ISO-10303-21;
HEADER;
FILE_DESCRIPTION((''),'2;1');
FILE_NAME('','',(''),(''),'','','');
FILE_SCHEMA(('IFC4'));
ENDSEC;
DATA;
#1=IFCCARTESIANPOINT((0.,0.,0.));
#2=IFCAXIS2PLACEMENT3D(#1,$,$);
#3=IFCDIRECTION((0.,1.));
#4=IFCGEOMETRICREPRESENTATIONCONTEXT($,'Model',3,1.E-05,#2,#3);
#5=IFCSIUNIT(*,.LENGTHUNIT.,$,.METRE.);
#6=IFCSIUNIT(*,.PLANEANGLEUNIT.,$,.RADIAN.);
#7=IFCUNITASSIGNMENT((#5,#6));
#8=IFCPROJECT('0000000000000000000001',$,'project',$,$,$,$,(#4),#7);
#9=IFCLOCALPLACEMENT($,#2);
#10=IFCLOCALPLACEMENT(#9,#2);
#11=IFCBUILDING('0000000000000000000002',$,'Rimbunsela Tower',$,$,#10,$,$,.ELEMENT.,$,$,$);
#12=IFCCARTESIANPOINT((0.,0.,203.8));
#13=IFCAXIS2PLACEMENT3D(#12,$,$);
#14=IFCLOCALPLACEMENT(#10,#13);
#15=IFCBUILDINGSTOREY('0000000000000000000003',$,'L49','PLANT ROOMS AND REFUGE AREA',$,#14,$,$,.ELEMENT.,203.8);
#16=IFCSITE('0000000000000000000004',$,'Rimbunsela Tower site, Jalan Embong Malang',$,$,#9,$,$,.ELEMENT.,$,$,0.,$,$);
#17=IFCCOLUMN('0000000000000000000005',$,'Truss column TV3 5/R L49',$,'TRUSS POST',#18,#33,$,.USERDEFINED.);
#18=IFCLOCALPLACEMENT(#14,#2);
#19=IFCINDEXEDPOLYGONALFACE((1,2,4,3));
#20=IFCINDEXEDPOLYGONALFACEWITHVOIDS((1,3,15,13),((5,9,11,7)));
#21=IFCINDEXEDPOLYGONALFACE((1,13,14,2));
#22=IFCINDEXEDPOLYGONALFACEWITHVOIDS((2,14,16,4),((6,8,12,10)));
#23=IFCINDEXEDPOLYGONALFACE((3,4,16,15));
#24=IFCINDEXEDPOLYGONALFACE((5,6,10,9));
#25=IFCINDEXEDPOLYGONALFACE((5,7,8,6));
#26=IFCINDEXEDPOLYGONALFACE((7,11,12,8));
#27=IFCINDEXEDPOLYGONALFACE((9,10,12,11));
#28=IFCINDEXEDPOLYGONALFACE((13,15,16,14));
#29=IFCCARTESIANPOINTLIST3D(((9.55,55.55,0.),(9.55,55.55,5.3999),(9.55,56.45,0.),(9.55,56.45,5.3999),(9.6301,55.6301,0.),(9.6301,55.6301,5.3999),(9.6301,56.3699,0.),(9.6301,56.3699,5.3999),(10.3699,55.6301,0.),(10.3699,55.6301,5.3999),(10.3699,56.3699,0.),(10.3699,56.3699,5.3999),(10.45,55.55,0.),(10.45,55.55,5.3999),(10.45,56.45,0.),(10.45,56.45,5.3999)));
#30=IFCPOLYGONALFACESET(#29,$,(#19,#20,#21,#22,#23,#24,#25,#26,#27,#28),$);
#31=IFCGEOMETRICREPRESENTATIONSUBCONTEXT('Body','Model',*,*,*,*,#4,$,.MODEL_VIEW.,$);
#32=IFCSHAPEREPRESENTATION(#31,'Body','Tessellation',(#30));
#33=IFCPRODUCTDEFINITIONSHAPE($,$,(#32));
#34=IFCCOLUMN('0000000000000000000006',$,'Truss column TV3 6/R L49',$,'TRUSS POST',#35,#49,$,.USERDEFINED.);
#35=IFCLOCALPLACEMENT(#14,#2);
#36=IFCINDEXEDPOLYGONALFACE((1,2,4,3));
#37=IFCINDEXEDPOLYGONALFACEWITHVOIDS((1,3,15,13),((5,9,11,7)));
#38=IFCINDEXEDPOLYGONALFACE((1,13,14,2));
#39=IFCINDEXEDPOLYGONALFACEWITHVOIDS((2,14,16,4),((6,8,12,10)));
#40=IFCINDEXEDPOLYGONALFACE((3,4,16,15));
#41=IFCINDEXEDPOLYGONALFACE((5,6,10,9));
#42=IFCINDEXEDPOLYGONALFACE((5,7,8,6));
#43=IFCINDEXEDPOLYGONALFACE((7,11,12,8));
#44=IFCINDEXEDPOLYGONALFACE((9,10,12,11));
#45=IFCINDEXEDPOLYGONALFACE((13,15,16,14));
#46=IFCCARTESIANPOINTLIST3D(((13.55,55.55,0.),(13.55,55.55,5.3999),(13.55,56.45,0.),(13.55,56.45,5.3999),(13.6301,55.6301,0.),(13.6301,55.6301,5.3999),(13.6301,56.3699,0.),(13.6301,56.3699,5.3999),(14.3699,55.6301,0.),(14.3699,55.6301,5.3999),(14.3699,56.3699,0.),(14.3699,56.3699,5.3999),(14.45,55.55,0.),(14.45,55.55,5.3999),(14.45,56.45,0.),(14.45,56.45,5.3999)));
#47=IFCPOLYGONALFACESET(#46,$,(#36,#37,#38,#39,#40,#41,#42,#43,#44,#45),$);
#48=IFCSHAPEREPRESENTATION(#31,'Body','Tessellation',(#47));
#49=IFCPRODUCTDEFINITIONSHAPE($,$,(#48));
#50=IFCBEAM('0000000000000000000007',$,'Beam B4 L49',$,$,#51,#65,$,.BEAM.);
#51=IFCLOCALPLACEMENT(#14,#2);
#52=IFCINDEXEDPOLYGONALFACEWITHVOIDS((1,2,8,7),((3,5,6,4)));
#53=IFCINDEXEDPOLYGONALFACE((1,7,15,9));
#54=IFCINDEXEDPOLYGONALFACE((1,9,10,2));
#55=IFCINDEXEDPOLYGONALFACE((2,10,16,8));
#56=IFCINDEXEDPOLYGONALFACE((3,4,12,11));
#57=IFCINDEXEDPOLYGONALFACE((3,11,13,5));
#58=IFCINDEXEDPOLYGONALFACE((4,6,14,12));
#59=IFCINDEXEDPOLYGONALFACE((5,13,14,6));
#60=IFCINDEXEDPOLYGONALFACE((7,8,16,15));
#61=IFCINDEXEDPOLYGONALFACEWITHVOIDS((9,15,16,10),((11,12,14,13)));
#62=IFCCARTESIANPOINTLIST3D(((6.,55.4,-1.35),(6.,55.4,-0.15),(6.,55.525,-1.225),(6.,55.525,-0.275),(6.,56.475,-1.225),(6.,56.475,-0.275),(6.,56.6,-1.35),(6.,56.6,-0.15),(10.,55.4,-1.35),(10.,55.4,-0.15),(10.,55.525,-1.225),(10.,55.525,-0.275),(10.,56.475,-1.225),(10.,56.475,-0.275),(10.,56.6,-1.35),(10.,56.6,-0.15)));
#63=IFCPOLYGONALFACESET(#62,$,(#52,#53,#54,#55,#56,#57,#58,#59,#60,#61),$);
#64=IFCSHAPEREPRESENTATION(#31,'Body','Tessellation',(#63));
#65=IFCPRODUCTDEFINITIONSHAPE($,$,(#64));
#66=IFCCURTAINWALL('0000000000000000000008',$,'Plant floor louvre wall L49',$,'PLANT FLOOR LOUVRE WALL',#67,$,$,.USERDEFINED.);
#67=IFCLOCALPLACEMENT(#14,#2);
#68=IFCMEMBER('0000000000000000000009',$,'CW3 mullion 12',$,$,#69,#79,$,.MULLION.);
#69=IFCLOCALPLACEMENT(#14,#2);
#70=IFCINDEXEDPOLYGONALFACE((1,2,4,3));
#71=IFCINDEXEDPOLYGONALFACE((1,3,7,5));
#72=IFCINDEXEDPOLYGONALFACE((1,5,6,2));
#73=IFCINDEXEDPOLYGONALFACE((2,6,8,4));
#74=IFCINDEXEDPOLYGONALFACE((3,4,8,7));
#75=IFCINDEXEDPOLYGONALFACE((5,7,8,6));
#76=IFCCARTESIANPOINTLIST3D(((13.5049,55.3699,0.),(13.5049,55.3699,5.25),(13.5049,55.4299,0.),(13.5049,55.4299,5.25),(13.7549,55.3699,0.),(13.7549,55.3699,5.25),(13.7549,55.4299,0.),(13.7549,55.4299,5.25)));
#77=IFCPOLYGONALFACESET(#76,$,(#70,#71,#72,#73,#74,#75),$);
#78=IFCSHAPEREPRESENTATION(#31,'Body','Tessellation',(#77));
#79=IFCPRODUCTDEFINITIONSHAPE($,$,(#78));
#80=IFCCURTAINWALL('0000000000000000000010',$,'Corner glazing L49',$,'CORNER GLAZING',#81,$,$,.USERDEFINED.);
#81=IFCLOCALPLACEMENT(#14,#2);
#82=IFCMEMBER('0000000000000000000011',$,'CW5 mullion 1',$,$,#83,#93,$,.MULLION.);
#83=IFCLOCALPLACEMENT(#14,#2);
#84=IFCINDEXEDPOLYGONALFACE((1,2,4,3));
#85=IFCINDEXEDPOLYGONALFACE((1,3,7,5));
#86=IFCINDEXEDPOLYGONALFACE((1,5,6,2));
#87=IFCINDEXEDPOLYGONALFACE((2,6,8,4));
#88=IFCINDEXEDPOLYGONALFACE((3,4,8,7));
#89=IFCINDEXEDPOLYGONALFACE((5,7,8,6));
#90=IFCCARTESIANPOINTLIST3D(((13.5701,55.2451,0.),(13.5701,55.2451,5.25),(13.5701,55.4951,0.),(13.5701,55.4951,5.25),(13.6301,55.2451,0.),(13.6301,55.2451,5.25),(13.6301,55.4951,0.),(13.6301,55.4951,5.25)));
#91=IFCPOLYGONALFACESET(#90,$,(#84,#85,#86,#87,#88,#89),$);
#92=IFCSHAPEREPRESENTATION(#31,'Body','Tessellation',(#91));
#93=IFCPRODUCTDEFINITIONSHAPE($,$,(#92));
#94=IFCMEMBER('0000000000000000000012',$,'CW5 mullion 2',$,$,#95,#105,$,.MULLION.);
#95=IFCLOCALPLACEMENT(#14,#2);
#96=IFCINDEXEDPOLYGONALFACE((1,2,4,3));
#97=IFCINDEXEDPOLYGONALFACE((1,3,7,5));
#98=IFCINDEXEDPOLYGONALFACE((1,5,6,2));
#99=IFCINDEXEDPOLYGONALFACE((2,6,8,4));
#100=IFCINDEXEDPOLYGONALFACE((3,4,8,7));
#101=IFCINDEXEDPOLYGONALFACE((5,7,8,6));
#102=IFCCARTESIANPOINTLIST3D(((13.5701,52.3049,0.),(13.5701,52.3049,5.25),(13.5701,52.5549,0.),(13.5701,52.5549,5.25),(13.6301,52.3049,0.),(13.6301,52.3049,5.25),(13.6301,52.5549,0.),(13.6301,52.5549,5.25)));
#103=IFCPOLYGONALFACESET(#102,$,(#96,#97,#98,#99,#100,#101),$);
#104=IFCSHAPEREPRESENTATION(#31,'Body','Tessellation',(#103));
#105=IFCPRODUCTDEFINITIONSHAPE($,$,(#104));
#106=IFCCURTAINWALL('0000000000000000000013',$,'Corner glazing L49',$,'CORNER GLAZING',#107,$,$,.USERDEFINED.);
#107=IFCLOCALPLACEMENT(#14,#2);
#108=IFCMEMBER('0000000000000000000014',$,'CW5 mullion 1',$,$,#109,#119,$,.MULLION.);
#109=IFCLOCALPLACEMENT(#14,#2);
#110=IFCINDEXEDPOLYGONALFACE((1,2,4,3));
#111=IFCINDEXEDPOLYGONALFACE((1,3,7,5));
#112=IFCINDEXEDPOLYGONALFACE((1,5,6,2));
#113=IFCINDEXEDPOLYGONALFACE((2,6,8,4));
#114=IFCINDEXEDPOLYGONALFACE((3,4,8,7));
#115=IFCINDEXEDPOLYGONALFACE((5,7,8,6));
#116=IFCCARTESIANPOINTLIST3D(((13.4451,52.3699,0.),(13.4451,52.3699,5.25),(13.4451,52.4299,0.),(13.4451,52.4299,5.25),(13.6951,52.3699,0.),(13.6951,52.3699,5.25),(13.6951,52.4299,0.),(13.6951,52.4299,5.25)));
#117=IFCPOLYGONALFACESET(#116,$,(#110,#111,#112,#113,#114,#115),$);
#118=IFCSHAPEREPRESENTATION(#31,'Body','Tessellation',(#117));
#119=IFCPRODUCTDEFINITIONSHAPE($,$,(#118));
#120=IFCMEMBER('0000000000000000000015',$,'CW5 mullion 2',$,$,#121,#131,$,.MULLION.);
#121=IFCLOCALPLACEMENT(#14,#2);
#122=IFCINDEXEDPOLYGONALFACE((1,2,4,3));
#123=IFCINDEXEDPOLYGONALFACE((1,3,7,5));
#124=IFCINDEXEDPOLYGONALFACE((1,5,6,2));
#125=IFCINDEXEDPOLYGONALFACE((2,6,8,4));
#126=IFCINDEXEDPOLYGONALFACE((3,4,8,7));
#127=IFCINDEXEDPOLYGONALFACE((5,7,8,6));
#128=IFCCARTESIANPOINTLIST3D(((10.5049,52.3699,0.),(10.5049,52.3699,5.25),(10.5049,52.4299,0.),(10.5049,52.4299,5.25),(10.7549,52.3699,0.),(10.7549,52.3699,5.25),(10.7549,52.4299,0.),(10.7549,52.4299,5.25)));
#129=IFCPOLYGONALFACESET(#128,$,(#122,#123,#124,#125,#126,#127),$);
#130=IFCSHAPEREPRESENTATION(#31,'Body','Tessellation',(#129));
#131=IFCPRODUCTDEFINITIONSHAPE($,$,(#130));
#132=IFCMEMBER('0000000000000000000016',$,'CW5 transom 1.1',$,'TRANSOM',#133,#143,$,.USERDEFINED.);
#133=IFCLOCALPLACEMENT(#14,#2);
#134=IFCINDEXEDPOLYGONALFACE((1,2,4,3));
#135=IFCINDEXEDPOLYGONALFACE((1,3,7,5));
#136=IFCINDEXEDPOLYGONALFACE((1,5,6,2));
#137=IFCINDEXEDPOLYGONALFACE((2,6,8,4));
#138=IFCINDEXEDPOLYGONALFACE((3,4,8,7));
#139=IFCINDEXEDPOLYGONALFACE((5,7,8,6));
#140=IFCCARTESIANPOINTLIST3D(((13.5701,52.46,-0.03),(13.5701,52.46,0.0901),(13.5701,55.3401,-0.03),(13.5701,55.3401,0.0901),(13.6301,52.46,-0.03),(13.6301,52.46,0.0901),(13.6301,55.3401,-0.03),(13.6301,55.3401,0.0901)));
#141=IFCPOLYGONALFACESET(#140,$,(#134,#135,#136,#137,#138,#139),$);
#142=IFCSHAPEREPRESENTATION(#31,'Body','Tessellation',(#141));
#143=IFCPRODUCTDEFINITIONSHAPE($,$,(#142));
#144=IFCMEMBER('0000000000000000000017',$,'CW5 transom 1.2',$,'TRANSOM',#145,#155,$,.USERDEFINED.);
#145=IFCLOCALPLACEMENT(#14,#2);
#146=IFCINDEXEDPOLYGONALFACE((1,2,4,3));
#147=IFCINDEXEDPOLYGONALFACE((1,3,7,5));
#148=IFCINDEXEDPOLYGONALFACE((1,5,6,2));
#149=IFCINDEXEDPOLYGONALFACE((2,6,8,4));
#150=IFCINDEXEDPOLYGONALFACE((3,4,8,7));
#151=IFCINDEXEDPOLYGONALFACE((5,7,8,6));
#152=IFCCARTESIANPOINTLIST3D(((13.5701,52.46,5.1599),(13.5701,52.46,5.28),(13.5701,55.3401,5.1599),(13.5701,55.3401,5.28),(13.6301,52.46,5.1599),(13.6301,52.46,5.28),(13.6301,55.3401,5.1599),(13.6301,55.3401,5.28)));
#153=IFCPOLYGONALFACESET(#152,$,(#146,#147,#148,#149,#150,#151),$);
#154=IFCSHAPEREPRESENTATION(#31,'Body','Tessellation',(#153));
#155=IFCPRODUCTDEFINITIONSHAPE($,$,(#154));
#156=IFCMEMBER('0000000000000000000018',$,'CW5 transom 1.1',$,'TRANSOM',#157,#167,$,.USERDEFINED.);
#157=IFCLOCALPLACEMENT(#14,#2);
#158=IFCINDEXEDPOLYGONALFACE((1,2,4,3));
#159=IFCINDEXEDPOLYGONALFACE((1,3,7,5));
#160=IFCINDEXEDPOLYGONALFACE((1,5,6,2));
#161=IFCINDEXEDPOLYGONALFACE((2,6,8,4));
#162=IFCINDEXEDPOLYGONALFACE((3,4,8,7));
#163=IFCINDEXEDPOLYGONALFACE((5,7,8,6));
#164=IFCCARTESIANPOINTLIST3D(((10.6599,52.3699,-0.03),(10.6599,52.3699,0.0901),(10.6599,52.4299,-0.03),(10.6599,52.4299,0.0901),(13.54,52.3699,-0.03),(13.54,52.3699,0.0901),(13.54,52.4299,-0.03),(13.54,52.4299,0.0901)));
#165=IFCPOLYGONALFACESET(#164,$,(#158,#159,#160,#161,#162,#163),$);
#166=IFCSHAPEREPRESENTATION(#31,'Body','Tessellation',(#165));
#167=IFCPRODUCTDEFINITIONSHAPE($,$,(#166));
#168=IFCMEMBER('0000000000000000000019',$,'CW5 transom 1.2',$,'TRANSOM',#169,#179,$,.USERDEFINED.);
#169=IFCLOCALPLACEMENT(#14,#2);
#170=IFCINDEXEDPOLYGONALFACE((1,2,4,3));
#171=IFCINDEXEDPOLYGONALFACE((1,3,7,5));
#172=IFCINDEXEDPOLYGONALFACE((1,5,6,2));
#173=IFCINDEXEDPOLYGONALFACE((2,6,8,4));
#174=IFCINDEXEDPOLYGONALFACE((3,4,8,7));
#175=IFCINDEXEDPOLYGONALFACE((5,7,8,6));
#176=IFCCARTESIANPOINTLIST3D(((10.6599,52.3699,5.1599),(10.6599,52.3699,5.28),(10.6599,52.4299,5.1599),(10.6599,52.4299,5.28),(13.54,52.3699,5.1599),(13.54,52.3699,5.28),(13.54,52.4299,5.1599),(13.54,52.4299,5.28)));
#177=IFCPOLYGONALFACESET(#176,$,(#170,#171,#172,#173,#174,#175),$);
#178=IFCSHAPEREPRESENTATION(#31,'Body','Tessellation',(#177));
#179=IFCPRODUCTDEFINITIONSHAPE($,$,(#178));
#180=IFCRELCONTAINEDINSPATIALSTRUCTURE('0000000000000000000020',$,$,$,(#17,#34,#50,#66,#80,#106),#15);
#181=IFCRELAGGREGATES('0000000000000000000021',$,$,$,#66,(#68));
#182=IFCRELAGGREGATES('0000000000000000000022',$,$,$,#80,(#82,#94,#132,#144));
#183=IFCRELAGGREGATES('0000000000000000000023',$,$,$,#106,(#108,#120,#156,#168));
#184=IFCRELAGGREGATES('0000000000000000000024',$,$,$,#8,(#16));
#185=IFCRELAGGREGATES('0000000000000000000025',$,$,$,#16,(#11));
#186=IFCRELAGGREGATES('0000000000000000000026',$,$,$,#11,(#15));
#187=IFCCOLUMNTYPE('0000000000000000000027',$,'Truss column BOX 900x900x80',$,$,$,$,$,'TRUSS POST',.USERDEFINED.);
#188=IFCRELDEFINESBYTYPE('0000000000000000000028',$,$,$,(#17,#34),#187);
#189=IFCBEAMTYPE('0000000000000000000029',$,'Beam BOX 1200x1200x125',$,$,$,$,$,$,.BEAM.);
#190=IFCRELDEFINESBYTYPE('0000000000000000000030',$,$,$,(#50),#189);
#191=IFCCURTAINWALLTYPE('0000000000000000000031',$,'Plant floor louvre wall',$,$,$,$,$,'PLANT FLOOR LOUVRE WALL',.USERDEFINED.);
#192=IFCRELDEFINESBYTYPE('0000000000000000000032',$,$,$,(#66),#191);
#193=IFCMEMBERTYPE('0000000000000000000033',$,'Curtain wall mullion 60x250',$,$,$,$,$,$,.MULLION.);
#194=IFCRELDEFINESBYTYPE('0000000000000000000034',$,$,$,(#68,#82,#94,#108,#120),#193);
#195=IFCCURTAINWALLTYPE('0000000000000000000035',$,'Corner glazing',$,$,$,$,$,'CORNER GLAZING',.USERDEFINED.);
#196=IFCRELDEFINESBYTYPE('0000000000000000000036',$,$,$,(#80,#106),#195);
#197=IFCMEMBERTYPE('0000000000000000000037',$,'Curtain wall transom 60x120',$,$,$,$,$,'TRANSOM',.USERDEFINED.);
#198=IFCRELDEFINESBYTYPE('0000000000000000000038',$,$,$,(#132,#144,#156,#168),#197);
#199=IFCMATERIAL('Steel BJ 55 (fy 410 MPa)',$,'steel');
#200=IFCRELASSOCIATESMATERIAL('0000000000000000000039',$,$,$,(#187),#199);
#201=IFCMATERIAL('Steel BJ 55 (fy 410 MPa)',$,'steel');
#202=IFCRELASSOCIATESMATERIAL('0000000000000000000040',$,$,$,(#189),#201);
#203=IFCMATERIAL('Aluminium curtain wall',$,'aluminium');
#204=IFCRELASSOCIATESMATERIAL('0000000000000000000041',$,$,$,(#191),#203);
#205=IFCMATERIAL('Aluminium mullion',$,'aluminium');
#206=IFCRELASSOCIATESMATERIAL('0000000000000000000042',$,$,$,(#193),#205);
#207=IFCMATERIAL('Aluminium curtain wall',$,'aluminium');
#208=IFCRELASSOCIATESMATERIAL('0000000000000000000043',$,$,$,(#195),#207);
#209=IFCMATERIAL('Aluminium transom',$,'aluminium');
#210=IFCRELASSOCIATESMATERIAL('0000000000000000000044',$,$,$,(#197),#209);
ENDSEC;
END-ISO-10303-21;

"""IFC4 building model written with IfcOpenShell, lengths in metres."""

from ifc_helpers import new_model, si_unit, direction, frame, origin, origin_2d, place, context, subcontext, project, spatial, rectangle, hollow_rectangle, extrude, material, material_profile, profile_set, type_object, element, aggregate, save


model = new_model("IFC4")

# Units and contexts
model_context = context("Model", 3, precision=1e-05, world=origin(), true_north=direction((0.0, 1.0)))
body_context = subcontext(model_context, "Body", "Model", "MODEL_VIEW")
ifc_project = project(units=[si_unit("LENGTHUNIT", "METRE"), si_unit("PLANEANGLEUNIT", "RADIAN")], contexts=[model_context])

# Site, building, storey
site_placement = place(None, origin())
site = spatial("IfcSite", under=ifc_project, at=site_placement, Name="Rimbunsela Tower site, Jalan Embong Malang", CompositionType="ELEMENT", RefElevation=0.0)
building_placement = place(site_placement, origin())
building = spatial("IfcBuilding", under=site, at=building_placement, Name="Rimbunsela Tower", CompositionType="ELEMENT")
storey_placement = place(building_placement, frame((0.0, 0.0, 203.8)))
storey = spatial("IfcBuildingStorey", under=building, at=storey_placement, Name="L49", Description="PLANT ROOMS AND REFUGE AREA", CompositionType="ELEMENT", Elevation=203.8)

# Columns
ifc_material_1 = material(Name="Steel BJ 55 (fy 410 MPa)", Category="steel")
ifc_material_profile_1 = material_profile(ifc_material_1, hollow_rectangle(XDim=0.8999, YDim=0.8999, WallThickness=0.0801, at=origin_2d()), Name="BOX 900x900x80")
ifc_profile_set_1 = profile_set([ifc_material_profile_1], Name="Steel BJ 55 (fy 410 MPa)")
column_type = type_object("IfcColumnType", Name="Truss column BOX 900x900x80", ElementType="TRUSS POST", PredefinedType="USERDEFINED", material=ifc_profile_set_1)
for number, where, z_axis, x_axis, name in (
    (1, (10.0, 56.0, 0.0), (0.0, 0.0, 1.0), (1.0, 0.0, 0.0), "Truss column TV3 5/R L49"),
    (2, (14.0, 56.0, 0.0), (0.0, 0.0, 1.0), (1.0, 0.0, 0.0), "Truss column TV3 6/R L49"),
):
    element("IfcColumn", number, at=place(storey_placement, frame(where, z_axis=z_axis, x_axis=x_axis)), inside=storey, type_object=column_type, Name=name, ObjectType="TRUSS POST", PredefinedType="USERDEFINED", context=body_context, shape_type="SweptSolid", body=[
        extrude(hollow_rectangle(XDim=0.8999, YDim=0.8999, WallThickness=0.0801, at=origin_2d()), origin(), (0.0, 0.0, 1.0), 5.3999),
    ])

# Beam
ifc_material_2 = material(Name="Steel BJ 55 (fy 410 MPa)", Category="steel")
ifc_material_profile_2 = material_profile(ifc_material_2, hollow_rectangle(XDim=1.2, YDim=1.2, WallThickness=0.125, at=origin_2d()), Name="BOX 1200x1200x125")
ifc_profile_set_2 = profile_set([ifc_material_profile_2], Name="Steel BJ 55 (fy 410 MPa)")
beam_type_1 = type_object("IfcBeamType", Name="Beam BOX 1200x1200x125", PredefinedType="BEAM", material=ifc_profile_set_2)
beam_placement = place(storey_placement, frame((6.0, 56.0, -0.75), z_axis=(1.0, 0.0, 0.0), x_axis=(0.0, 1.0, 0.0)))
element("IfcBeam", 3, at=beam_placement, inside=storey, type_object=beam_type_1, Name="Beam B4 L49", PredefinedType="BEAM", context=body_context, shape_type="SweptSolid", body=[
    extrude(hollow_rectangle(XDim=1.2, YDim=1.2, WallThickness=0.125, at=origin_2d()), origin(), (0.0, 0.0, 1.0), 4.0),
])

# Curtain wall, member
ifc_material_3 = material(Name="Aluminium curtain wall", Category="aluminium")
curtain_wall_type_1 = type_object("IfcCurtainWallType", Name="Plant floor louvre wall", ElementType="PLANT FLOOR LOUVRE WALL", PredefinedType="USERDEFINED", material=ifc_material_3)
curtain_wall_1_placement = place(storey_placement, origin())
curtain_wall_1 = element("IfcCurtainWall", 4, at=curtain_wall_1_placement, inside=storey, type_object=curtain_wall_type_1, Name="Plant floor louvre wall L49", ObjectType="PLANT FLOOR LOUVRE WALL", PredefinedType="USERDEFINED")
ifc_material_4 = material(Name="Aluminium mullion", Category="aluminium")
ifc_material_profile_3 = material_profile(ifc_material_4, rectangle(XDim=0.0601, YDim=0.25, at=origin_2d()), Name="Mullion 60x250")
ifc_profile_set_3 = profile_set([ifc_material_profile_3], Name="Aluminium mullion")
member_type_1 = type_object("IfcMemberType", Name="Curtain wall mullion 60x250", PredefinedType="MULLION", material=ifc_profile_set_3)
member_1_placement = place(storey_placement, frame((13.6299, 55.3999, 0.0), z_axis=(0.0, 0.0, 1.0), x_axis=(0.0, -1.0, 0.0)))
member_1 = element("IfcMember", 5, at=member_1_placement, type_object=member_type_1, Name="CW3 mullion 12", PredefinedType="MULLION", context=body_context, shape_type="SweptSolid", body=[
    extrude(rectangle(XDim=0.0601, YDim=0.25, at=origin_2d()), origin(), (0.0, 0.0, 1.0), 5.25),
])
aggregate(curtain_wall_1, [member_1])

# Curtain walls, members
ifc_material_5 = material(Name="Aluminium curtain wall", Category="aluminium")
curtain_wall_type_2 = type_object("IfcCurtainWallType", Name="Corner glazing", ElementType="CORNER GLAZING", PredefinedType="USERDEFINED", material=ifc_material_5)
curtain_wall_2_placement = place(storey_placement, origin())
curtain_wall_2 = element("IfcCurtainWall", 6, at=curtain_wall_2_placement, inside=storey, type_object=curtain_wall_type_2, Name="Corner glazing L49", ObjectType="CORNER GLAZING", PredefinedType="USERDEFINED")
member_2_placement = place(storey_placement, frame((13.6001, 55.3701, 0.0), z_axis=(0.0, 0.0, 1.0), x_axis=(1.0, 0.0, 0.0)))
member_2 = element("IfcMember", 7, at=member_2_placement, type_object=member_type_1, Name="CW5 mullion 1", PredefinedType="MULLION", context=body_context, shape_type="SweptSolid", body=[
    extrude(rectangle(XDim=0.0601, YDim=0.25, at=origin_2d()), origin(), (0.0, 0.0, 1.0), 5.25),
])
member_3_placement = place(storey_placement, frame((13.6001, 52.4299, 0.0), z_axis=(0.0, 0.0, 1.0), x_axis=(1.0, 0.0, 0.0)))
member_3 = element("IfcMember", 8, at=member_3_placement, type_object=member_type_1, Name="CW5 mullion 2", PredefinedType="MULLION", context=body_context, shape_type="SweptSolid", body=[
    extrude(rectangle(XDim=0.0601, YDim=0.25, at=origin_2d()), origin(), (0.0, 0.0, 1.0), 5.25),
])
curtain_wall_3_placement = place(storey_placement, origin())
curtain_wall_3 = element("IfcCurtainWall", 9, at=curtain_wall_3_placement, inside=storey, type_object=curtain_wall_type_2, Name="Corner glazing L49", ObjectType="CORNER GLAZING", PredefinedType="USERDEFINED")
member_4_placement = place(storey_placement, frame((13.5701, 52.3999, 0.0), z_axis=(0.0, 0.0, 1.0), x_axis=(0.0, -1.0, 0.0)))
member_4 = element("IfcMember", 10, at=member_4_placement, type_object=member_type_1, Name="CW5 mullion 1", PredefinedType="MULLION", context=body_context, shape_type="SweptSolid", body=[
    extrude(rectangle(XDim=0.0601, YDim=0.25, at=origin_2d()), origin(), (0.0, 0.0, 1.0), 5.25),
])
member_5_placement = place(storey_placement, frame((10.6299, 52.3999, 0.0), z_axis=(0.0, 0.0, 1.0), x_axis=(0.0, -1.0, 0.0)))
member_5 = element("IfcMember", 11, at=member_5_placement, type_object=member_type_1, Name="CW5 mullion 2", PredefinedType="MULLION", context=body_context, shape_type="SweptSolid", body=[
    extrude(rectangle(XDim=0.0601, YDim=0.25, at=origin_2d()), origin(), (0.0, 0.0, 1.0), 5.25),
])

# Members
ifc_material_6 = material(Name="Aluminium transom", Category="aluminium")
ifc_material_profile_4 = material_profile(ifc_material_6, rectangle(XDim=0.0601, YDim=0.1201, at=origin_2d()), Name="Transom 60x120")
ifc_profile_set_4 = profile_set([ifc_material_profile_4], Name="Aluminium transom")
member_type_2 = type_object("IfcMemberType", Name="Curtain wall transom 60x120", ElementType="TRANSOM", PredefinedType="USERDEFINED", material=ifc_profile_set_4)
member_6_placement = place(storey_placement, frame((13.6001, 55.3401, 0.03), z_axis=(0.0, -1.0, 0.0), x_axis=(1.0, 0.0, 0.0)))
member_6 = element("IfcMember", 12, at=member_6_placement, type_object=member_type_2, Name="CW5 transom 1.1", ObjectType="TRANSOM", PredefinedType="USERDEFINED", context=body_context, shape_type="SweptSolid", body=[
    extrude(rectangle(XDim=0.0601, YDim=0.1201, at=origin_2d()), origin(), (0.0, 0.0, 1.0), 2.8801),
])
member_7_placement = place(storey_placement, frame((13.6001, 55.3401, 5.22), z_axis=(0.0, -1.0, 0.0), x_axis=(1.0, 0.0, 0.0)))
member_7 = element("IfcMember", 13, at=member_7_placement, type_object=member_type_2, Name="CW5 transom 1.2", ObjectType="TRANSOM", PredefinedType="USERDEFINED", context=body_context, shape_type="SweptSolid", body=[
    extrude(rectangle(XDim=0.0601, YDim=0.1201, at=origin_2d()), origin(), (0.0, 0.0, 1.0), 2.8801),
])
member_8_placement = place(storey_placement, frame((13.54, 52.3999, 0.03), z_axis=(-1.0, 0.0, 0.0), x_axis=(0.0, -1.0, 0.0)))
member_8 = element("IfcMember", 14, at=member_8_placement, type_object=member_type_2, Name="CW5 transom 1.1", ObjectType="TRANSOM", PredefinedType="USERDEFINED", context=body_context, shape_type="SweptSolid", body=[
    extrude(rectangle(XDim=0.0601, YDim=0.1201, at=origin_2d()), origin(), (0.0, 0.0, 1.0), 2.8801),
])
member_9_placement = place(storey_placement, frame((13.54, 52.3999, 5.22), z_axis=(-1.0, 0.0, 0.0), x_axis=(0.0, -1.0, 0.0)))
member_9 = element("IfcMember", 15, at=member_9_placement, type_object=member_type_2, Name="CW5 transom 1.2", ObjectType="TRANSOM", PredefinedType="USERDEFINED", context=body_context, shape_type="SweptSolid", body=[
    extrude(rectangle(XDim=0.0601, YDim=0.1201, at=origin_2d()), origin(), (0.0, 0.0, 1.0), 2.8801),
])

aggregate(curtain_wall_2, [member_2, member_3, member_6, member_7])
aggregate(curtain_wall_3, [member_4, member_5, member_8, member_9])

save(model, "model.ifc")
